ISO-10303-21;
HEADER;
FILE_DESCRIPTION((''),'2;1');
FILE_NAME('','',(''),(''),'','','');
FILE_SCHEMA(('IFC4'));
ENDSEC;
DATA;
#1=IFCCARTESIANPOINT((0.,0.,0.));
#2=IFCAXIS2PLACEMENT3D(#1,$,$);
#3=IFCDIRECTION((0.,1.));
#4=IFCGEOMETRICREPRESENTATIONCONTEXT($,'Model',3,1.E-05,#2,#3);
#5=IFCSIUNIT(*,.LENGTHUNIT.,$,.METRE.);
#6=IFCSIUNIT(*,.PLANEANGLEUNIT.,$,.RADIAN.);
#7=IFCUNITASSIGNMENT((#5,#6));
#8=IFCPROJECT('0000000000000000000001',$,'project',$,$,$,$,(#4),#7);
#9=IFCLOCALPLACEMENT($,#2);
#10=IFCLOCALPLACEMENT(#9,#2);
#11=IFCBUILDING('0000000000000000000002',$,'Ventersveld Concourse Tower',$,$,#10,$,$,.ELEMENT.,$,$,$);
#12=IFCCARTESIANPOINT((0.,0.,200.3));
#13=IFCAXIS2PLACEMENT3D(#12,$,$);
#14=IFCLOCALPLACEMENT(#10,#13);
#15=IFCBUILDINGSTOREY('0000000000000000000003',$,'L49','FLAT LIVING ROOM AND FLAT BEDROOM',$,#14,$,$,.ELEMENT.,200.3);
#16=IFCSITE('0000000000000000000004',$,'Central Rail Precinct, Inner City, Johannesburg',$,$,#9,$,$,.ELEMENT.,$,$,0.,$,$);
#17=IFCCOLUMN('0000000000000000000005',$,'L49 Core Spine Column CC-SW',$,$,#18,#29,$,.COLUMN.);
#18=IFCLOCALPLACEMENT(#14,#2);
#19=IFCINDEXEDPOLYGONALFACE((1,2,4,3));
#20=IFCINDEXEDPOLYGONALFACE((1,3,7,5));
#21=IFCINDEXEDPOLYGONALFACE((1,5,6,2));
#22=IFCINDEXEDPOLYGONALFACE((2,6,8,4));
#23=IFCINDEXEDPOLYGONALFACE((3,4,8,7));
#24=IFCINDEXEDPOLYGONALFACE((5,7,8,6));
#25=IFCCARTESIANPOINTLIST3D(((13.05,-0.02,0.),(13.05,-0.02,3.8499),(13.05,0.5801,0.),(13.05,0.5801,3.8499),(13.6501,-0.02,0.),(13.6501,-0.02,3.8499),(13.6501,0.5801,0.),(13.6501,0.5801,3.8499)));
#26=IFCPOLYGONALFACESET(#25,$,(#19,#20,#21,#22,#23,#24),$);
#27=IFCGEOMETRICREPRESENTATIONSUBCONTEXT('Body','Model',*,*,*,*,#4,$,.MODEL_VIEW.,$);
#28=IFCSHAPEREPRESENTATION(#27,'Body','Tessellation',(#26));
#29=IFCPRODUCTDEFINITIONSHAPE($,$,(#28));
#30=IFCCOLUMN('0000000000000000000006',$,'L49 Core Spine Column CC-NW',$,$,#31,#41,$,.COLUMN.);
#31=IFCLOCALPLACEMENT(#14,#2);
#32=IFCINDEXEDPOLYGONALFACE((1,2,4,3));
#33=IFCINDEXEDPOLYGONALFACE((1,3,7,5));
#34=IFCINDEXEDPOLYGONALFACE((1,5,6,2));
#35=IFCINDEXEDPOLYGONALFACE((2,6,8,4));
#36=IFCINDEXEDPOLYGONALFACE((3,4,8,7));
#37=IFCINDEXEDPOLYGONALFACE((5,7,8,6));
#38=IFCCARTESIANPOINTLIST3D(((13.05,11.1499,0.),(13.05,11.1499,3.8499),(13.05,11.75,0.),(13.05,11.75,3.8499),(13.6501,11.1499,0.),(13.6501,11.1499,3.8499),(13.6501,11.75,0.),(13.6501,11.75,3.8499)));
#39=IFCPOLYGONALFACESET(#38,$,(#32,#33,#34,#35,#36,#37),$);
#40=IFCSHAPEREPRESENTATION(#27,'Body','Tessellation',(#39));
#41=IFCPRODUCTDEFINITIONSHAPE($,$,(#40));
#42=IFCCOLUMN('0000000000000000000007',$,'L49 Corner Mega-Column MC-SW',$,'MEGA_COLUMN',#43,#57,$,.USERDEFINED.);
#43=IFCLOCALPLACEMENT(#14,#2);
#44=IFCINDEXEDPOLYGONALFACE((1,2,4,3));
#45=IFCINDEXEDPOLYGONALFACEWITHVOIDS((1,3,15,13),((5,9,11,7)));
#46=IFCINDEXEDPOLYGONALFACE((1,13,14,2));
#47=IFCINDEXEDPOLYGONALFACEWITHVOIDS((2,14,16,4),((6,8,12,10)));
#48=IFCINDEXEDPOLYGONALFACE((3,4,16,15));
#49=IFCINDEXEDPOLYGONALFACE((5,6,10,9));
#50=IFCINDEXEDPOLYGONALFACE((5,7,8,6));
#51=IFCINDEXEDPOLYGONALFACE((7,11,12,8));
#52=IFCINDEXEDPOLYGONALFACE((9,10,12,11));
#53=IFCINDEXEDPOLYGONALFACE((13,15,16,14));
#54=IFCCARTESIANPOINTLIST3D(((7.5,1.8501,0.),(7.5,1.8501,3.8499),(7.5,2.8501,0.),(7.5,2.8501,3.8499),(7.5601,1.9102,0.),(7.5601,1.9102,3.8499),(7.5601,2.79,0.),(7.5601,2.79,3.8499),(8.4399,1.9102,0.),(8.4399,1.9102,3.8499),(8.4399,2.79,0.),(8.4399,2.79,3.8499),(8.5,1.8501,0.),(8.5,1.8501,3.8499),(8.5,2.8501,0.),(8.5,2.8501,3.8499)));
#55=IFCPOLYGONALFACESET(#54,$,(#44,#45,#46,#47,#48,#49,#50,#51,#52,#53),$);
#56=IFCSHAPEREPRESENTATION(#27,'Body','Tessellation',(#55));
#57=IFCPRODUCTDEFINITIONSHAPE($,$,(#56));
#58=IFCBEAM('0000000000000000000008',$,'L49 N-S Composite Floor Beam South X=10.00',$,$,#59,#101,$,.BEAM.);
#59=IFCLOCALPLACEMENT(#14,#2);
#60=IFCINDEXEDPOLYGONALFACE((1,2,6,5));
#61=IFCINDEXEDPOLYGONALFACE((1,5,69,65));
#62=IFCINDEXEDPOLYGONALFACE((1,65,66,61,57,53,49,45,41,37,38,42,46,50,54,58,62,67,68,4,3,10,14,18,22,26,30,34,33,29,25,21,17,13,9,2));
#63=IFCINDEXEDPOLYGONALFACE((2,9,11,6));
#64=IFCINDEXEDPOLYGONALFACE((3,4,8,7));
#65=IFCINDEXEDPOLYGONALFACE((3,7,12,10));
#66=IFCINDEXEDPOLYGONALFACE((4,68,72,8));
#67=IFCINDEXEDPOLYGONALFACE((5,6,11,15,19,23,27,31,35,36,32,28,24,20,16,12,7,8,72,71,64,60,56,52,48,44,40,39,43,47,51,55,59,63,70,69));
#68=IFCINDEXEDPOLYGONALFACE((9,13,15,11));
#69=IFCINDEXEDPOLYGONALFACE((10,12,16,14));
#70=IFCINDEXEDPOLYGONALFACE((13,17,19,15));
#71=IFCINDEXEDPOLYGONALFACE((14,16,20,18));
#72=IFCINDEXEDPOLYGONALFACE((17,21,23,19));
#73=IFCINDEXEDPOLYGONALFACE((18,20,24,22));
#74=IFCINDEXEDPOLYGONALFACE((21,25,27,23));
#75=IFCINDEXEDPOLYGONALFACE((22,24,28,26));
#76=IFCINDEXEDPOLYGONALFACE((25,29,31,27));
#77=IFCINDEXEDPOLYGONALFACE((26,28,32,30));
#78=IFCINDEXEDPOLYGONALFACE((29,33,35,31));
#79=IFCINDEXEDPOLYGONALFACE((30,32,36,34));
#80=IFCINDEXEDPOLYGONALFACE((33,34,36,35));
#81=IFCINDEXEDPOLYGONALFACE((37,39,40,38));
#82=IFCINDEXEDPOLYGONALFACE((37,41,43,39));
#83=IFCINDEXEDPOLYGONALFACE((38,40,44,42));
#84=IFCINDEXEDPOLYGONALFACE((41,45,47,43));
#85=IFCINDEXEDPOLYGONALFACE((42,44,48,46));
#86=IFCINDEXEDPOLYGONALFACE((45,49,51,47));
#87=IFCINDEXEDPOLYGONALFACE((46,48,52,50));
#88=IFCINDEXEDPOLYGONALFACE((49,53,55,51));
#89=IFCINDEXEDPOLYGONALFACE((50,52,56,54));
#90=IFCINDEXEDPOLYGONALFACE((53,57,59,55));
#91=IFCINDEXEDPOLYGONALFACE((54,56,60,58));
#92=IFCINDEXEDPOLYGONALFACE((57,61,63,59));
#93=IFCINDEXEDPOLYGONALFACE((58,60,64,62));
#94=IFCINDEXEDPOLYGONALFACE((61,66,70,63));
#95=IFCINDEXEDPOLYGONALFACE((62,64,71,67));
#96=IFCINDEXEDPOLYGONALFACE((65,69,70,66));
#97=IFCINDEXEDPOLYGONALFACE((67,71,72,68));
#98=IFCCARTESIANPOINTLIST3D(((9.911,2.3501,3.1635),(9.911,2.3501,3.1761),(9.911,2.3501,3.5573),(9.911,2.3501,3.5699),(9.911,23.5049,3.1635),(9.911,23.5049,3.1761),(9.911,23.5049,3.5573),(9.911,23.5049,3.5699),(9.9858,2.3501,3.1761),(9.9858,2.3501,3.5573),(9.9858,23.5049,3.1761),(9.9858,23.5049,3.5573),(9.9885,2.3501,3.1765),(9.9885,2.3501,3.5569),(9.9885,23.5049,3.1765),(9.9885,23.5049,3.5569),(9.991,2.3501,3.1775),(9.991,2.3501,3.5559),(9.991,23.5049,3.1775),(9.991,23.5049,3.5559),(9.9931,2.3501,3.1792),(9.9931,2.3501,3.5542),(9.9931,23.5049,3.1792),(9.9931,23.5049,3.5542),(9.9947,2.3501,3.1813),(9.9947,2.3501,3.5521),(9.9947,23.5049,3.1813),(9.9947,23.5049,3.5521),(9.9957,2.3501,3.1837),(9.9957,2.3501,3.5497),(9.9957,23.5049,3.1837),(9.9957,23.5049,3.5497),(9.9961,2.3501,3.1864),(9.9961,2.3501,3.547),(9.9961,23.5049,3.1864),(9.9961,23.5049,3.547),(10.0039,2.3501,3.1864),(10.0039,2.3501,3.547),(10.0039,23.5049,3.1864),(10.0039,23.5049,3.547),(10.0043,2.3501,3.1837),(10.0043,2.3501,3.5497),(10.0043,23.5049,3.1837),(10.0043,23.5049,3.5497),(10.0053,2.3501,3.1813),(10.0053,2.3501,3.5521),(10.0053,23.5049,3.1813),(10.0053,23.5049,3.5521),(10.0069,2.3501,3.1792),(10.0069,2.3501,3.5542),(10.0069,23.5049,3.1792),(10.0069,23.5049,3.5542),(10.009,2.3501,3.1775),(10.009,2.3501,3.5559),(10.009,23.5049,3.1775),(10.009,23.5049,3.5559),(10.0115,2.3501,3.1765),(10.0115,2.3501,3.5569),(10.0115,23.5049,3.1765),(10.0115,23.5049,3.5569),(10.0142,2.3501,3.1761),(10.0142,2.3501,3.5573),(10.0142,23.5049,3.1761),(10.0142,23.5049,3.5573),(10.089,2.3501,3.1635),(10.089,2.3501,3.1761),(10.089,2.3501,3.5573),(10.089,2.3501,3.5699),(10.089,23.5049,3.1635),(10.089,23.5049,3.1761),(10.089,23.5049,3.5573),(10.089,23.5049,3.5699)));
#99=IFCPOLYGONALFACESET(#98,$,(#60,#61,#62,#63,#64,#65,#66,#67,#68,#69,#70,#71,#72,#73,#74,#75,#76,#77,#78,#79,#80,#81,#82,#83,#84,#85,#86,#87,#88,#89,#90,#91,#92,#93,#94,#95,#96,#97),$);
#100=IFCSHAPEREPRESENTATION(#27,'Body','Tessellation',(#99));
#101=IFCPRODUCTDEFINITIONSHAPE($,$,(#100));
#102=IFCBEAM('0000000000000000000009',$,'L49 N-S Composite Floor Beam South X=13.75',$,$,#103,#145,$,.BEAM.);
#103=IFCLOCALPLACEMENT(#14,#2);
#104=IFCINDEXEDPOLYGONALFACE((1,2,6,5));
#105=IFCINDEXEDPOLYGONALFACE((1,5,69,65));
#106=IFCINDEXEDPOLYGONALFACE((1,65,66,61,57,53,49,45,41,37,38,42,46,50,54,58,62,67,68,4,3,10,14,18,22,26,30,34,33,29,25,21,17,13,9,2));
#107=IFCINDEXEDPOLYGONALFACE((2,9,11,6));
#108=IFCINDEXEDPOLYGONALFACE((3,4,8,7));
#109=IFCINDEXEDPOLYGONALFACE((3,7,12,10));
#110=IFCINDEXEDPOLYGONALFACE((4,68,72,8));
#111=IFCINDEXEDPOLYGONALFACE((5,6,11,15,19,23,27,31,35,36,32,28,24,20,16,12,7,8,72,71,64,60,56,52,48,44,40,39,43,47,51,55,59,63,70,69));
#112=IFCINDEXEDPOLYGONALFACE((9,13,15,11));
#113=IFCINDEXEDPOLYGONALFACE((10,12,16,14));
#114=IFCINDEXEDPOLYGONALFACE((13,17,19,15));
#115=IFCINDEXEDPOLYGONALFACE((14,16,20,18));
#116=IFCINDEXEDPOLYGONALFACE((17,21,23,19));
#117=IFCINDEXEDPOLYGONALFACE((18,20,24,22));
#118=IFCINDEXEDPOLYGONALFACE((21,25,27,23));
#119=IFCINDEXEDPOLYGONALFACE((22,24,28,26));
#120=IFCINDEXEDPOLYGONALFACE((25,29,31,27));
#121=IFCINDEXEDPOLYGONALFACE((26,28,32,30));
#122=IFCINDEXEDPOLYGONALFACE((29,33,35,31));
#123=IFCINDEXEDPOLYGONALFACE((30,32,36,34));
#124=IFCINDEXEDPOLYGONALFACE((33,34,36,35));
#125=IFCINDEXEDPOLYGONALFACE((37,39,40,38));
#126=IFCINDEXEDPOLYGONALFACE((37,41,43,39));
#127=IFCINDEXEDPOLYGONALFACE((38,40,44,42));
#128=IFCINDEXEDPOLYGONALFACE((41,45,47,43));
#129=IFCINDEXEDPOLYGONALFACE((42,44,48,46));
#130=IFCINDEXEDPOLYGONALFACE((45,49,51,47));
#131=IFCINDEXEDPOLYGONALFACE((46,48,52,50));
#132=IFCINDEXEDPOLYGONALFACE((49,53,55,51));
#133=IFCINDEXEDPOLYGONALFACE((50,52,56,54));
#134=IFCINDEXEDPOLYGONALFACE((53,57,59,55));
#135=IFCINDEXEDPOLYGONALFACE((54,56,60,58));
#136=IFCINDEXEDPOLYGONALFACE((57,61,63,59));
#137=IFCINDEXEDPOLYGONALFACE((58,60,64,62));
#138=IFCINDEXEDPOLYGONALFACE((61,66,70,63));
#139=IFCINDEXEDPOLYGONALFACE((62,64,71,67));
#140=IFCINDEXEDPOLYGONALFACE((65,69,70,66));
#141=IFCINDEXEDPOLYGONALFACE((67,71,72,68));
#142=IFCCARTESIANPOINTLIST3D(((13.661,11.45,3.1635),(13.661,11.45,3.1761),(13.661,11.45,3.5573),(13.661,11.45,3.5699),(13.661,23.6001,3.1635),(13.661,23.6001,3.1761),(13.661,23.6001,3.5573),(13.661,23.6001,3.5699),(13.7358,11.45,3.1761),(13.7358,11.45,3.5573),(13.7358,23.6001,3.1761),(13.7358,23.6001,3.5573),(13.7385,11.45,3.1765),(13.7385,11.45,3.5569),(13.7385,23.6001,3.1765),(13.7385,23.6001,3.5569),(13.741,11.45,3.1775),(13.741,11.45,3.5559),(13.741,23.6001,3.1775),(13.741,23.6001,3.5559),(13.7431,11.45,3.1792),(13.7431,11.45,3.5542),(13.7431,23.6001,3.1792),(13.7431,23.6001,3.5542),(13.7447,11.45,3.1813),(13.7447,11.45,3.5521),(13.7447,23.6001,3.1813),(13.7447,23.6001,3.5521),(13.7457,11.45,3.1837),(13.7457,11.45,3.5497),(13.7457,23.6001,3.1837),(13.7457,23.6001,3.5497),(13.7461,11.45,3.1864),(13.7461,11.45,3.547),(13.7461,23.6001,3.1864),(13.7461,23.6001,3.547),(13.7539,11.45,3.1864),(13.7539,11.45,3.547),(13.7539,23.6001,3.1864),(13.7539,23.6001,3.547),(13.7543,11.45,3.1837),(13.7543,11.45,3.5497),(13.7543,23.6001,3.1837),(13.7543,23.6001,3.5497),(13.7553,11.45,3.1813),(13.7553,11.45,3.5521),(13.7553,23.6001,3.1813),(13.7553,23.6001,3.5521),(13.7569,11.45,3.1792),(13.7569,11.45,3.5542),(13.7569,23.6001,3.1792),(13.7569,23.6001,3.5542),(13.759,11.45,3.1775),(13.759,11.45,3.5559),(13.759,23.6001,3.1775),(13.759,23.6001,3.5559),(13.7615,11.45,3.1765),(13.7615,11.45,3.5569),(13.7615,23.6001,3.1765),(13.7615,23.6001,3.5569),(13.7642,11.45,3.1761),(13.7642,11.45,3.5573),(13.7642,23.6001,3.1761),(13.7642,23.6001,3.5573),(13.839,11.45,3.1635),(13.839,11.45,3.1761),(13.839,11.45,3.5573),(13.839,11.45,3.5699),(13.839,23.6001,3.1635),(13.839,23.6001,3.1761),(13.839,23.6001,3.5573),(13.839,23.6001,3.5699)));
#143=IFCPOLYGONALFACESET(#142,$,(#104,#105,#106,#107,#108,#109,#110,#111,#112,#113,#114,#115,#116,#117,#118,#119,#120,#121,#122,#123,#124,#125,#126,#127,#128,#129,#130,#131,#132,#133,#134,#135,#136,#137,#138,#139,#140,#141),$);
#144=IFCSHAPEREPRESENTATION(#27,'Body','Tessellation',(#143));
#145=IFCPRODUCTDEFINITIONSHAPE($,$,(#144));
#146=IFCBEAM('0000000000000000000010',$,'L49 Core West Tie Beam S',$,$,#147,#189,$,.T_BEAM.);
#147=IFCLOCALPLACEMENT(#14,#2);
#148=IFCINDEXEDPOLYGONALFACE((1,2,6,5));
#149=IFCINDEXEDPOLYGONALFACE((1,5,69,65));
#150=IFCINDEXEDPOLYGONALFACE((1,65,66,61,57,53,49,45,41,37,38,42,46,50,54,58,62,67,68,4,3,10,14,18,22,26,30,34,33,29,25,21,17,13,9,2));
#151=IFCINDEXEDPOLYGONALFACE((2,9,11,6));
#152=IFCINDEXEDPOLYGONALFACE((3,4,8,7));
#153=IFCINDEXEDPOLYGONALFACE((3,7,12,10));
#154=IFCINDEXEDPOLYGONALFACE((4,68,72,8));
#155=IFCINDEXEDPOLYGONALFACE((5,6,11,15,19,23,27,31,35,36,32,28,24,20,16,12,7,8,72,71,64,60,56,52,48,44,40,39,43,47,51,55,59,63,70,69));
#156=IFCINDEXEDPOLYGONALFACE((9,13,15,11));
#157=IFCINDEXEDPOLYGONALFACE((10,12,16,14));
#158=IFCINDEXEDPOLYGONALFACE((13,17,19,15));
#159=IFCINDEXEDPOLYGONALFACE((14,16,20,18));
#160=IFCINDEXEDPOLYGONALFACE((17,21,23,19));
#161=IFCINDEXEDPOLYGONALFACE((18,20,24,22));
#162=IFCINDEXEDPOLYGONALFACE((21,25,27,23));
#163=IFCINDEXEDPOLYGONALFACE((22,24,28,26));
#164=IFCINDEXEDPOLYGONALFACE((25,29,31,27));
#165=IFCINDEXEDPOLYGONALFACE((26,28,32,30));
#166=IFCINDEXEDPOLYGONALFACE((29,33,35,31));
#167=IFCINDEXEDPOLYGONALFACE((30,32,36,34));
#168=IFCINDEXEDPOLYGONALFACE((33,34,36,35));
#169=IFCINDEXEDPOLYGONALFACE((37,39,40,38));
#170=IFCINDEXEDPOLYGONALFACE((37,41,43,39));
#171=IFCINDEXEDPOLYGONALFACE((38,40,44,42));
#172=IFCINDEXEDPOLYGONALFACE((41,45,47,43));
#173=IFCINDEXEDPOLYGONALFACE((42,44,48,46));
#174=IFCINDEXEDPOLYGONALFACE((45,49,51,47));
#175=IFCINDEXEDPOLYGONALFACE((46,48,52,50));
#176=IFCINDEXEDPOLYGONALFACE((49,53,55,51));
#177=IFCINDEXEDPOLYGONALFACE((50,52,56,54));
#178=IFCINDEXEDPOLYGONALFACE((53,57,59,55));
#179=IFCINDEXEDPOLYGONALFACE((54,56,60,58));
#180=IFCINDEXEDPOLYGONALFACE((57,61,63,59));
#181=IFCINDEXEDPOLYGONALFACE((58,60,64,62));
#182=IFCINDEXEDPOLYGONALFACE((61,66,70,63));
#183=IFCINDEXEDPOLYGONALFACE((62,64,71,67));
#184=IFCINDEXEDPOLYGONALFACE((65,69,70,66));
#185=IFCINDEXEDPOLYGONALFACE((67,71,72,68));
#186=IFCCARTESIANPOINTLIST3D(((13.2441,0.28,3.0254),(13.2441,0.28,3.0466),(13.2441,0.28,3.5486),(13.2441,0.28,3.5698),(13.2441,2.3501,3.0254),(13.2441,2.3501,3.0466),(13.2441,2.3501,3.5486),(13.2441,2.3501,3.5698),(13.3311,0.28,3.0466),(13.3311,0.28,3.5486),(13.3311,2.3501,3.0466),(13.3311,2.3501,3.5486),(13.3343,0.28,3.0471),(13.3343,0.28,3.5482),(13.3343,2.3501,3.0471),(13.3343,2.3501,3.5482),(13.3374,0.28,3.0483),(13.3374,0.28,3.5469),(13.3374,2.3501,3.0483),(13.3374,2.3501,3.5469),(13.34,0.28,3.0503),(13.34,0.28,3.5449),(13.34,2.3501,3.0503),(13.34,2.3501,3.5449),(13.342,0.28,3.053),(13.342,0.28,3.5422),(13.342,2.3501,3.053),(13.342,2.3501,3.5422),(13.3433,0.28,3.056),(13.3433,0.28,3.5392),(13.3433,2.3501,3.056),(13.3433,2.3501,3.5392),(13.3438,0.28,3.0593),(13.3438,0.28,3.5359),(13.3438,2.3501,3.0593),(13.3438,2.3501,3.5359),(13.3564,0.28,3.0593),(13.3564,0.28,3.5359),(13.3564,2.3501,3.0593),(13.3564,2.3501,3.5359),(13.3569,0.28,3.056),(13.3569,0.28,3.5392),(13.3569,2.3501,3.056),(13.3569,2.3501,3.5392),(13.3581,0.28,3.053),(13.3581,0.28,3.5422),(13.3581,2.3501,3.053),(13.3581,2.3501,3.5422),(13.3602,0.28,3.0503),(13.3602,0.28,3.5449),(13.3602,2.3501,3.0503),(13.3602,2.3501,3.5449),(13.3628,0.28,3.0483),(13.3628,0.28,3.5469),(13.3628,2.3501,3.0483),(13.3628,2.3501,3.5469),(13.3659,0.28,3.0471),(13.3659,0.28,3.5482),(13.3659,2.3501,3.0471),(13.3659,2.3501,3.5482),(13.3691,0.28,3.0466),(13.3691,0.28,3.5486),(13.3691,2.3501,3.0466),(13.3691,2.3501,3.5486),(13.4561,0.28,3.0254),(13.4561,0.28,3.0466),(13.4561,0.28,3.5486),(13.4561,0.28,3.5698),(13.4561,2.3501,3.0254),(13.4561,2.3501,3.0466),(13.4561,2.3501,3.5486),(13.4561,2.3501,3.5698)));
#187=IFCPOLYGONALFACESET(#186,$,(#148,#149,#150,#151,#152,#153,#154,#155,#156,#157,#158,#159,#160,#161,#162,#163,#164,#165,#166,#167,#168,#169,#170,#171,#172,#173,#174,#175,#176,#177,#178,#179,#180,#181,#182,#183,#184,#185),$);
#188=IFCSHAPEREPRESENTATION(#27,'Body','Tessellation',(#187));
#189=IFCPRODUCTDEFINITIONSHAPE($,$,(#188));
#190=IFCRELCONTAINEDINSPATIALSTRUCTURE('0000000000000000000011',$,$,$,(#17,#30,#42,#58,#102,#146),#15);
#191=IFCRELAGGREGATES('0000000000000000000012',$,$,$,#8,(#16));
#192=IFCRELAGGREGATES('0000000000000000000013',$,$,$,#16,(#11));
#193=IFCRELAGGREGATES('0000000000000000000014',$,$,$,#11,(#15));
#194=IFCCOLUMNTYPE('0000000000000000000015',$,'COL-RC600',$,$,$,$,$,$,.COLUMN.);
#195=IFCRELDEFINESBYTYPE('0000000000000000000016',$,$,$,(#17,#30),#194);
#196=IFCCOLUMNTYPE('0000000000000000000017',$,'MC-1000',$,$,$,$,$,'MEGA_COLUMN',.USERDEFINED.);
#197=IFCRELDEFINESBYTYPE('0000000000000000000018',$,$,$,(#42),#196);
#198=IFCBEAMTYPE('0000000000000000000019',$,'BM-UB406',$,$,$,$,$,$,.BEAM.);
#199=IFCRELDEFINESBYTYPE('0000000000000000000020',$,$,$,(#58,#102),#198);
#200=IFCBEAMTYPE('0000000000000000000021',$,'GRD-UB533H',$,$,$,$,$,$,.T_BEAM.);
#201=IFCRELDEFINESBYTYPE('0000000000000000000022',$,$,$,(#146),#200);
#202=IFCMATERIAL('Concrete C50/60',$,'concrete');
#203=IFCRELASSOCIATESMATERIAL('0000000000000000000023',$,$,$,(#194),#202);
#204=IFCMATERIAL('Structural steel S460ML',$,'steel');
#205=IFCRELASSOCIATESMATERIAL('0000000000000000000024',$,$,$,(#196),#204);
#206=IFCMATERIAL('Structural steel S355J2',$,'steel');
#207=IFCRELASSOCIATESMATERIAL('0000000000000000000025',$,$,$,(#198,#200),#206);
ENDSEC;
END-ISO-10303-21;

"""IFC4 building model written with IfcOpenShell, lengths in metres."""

from ifc_helpers import new_model, si_unit, direction, frame, origin, origin_2d, place, context, subcontext, project, spatial, rectangle, hollow_rectangle, i_section, extrude, material, material_profile, profile_set, type_object, element, save


model = new_model("IFC4")

# Units and contexts
model_context = context("Model", 3, precision=1e-05, world=origin(), true_north=direction((0.0, 1.0)))
body_context = subcontext(model_context, "Body", "Model", "MODEL_VIEW")
ifc_project = project(units=[si_unit("LENGTHUNIT", "METRE"), si_unit("PLANEANGLEUNIT", "RADIAN")], contexts=[model_context])

# Site, building, storey
site_placement = place(None, origin())
site = spatial("IfcSite", under=ifc_project, at=site_placement, Name="Central Rail Precinct, Inner City, Johannesburg", CompositionType="ELEMENT", RefElevation=0.0)
building_placement = place(site_placement, origin())
building = spatial("IfcBuilding", under=site, at=building_placement, Name="Ventersveld Concourse Tower", CompositionType="ELEMENT")
storey_placement = place(building_placement, frame((0.0, 0.0, 200.3)))
storey = spatial("IfcBuildingStorey", under=building, at=storey_placement, Name="L49", Description="FLAT LIVING ROOM AND FLAT BEDROOM", CompositionType="ELEMENT", Elevation=200.3)

# Columns
ifc_material_1 = material(Name="Concrete C50/60", Category="concrete")
ifc_material_profile_1 = material_profile(ifc_material_1, rectangle(XDim=0.6001, YDim=0.6001, at=origin_2d()), Name="RC 600x600")
ifc_profile_set_1 = profile_set([ifc_material_profile_1], Name="Concrete C50/60")
column_type_1 = type_object("IfcColumnType", Name="COL-RC600", PredefinedType="COLUMN", material=ifc_profile_set_1)
for number, where, z_axis, x_axis, name in (
    (1, (13.3501, 0.28, 0.0), (0.0, 0.0, 1.0), (1.0, 0.0, 0.0), "L49 Core Spine Column CC-SW"),
    (2, (13.3501, 11.45, 0.0), (0.0, 0.0, 1.0), (1.0, 0.0, 0.0), "L49 Core Spine Column CC-NW"),
):
    element("IfcColumn", number, at=place(storey_placement, frame(where, z_axis=z_axis, x_axis=x_axis)), inside=storey, type_object=column_type_1, Name=name, PredefinedType="COLUMN", context=body_context, shape_type="SweptSolid", body=[
        extrude(rectangle(XDim=0.6001, YDim=0.6001, at=origin_2d()), origin(), (0.0, 0.0, 1.0), 3.8499),
    ])
ifc_material_2 = material(Name="Structural steel S460ML", Category="steel")
ifc_material_profile_2 = material_profile(ifc_material_2, hollow_rectangle(XDim=1.0, YDim=1.0, WallThickness=0.0601, at=origin_2d()), Name="BOX 1000x1000x60")
ifc_profile_set_2 = profile_set([ifc_material_profile_2], Name="Structural steel S460ML")
column_type_2 = type_object("IfcColumnType", Name="MC-1000", ElementType="MEGA_COLUMN", PredefinedType="USERDEFINED", material=ifc_profile_set_2)
column_placement = place(storey_placement, frame((8.0, 2.3501, 0.0), z_axis=(0.0, 0.0, 1.0), x_axis=(1.0, 0.0, 0.0)))
element("IfcColumn", 3, at=column_placement, inside=storey, type_object=column_type_2, Name="L49 Corner Mega-Column MC-SW", ObjectType="MEGA_COLUMN", PredefinedType="USERDEFINED", context=body_context, shape_type="SweptSolid", body=[
    extrude(hollow_rectangle(XDim=1.0, YDim=1.0, WallThickness=0.0601, at=origin_2d()), origin(), (0.0, 0.0, 1.0), 3.8499),
])

# Beams
ifc_material_3 = material(Name="Structural steel S355J2", Category="steel")
ifc_material_profile_3 = material_profile(ifc_material_3, i_section(OverallWidth=0.178, OverallDepth=0.4065, WebThickness=0.0078, FlangeThickness=0.0127, FilletRadius=0.0103, at=origin_2d()), Name="UB 406x178x60")
ifc_profile_set_3 = profile_set([ifc_material_profile_3], Name="Structural steel S355J2")
beam_type_1 = type_object("IfcBeamType", Name="BM-UB406", PredefinedType="BEAM", material=ifc_profile_set_3)
beam_1_placement = place(storey_placement, frame((10.0, 2.3501, 3.3667), z_axis=(0.0, 1.0, 0.0), x_axis=(-1.0, 0.0, 0.0)))
element("IfcBeam", 4, at=beam_1_placement, inside=storey, type_object=beam_type_1, Name="L49 N-S Composite Floor Beam South X=10.00", PredefinedType="BEAM", context=body_context, shape_type="SweptSolid", body=[
    extrude(i_section(OverallWidth=0.178, OverallDepth=0.4065, WebThickness=0.0078, FlangeThickness=0.0127, FilletRadius=0.0103, at=origin_2d()), origin(), (0.0, 0.0, 1.0), 21.1548),
])
beam_2_placement = place(storey_placement, frame((13.75, 11.45, 3.3667), z_axis=(0.0, 1.0, 0.0), x_axis=(-1.0, 0.0, 0.0)))
element("IfcBeam", 5, at=beam_2_placement, inside=storey, type_object=beam_type_1, Name="L49 N-S Composite Floor Beam South X=13.75", PredefinedType="BEAM", context=body_context, shape_type="SweptSolid", body=[
    extrude(i_section(OverallWidth=0.178, OverallDepth=0.4065, WebThickness=0.0078, FlangeThickness=0.0127, FilletRadius=0.0103, at=origin_2d()), origin(), (0.0, 0.0, 1.0), 12.1501),
])
ifc_material_profile_4 = material_profile(ifc_material_3, i_section(OverallWidth=0.2119, OverallDepth=0.5444, WebThickness=0.0127, FlangeThickness=0.0212, FilletRadius=0.0127, at=origin_2d()), Name="UB 533x210x122")
ifc_profile_set_4 = profile_set([ifc_material_profile_4], Name="Structural steel S355J2")
beam_type_2 = type_object("IfcBeamType", Name="GRD-UB533H", PredefinedType="T_BEAM", material=ifc_profile_set_4)
beam_3_placement = place(storey_placement, frame((13.3501, 0.28, 3.2976), z_axis=(0.0, 1.0, 0.0), x_axis=(-1.0, 0.0, 0.0)))
element("IfcBeam", 6, at=beam_3_placement, inside=storey, type_object=beam_type_2, Name="L49 Core West Tie Beam S", PredefinedType="T_BEAM", context=body_context, shape_type="SweptSolid", body=[
    extrude(i_section(OverallWidth=0.2119, OverallDepth=0.5444, WebThickness=0.0127, FlangeThickness=0.0212, FilletRadius=0.0127, at=origin_2d()), origin(), (0.0, 0.0, 1.0), 2.0701),
])

save(model, "model.ifc")
